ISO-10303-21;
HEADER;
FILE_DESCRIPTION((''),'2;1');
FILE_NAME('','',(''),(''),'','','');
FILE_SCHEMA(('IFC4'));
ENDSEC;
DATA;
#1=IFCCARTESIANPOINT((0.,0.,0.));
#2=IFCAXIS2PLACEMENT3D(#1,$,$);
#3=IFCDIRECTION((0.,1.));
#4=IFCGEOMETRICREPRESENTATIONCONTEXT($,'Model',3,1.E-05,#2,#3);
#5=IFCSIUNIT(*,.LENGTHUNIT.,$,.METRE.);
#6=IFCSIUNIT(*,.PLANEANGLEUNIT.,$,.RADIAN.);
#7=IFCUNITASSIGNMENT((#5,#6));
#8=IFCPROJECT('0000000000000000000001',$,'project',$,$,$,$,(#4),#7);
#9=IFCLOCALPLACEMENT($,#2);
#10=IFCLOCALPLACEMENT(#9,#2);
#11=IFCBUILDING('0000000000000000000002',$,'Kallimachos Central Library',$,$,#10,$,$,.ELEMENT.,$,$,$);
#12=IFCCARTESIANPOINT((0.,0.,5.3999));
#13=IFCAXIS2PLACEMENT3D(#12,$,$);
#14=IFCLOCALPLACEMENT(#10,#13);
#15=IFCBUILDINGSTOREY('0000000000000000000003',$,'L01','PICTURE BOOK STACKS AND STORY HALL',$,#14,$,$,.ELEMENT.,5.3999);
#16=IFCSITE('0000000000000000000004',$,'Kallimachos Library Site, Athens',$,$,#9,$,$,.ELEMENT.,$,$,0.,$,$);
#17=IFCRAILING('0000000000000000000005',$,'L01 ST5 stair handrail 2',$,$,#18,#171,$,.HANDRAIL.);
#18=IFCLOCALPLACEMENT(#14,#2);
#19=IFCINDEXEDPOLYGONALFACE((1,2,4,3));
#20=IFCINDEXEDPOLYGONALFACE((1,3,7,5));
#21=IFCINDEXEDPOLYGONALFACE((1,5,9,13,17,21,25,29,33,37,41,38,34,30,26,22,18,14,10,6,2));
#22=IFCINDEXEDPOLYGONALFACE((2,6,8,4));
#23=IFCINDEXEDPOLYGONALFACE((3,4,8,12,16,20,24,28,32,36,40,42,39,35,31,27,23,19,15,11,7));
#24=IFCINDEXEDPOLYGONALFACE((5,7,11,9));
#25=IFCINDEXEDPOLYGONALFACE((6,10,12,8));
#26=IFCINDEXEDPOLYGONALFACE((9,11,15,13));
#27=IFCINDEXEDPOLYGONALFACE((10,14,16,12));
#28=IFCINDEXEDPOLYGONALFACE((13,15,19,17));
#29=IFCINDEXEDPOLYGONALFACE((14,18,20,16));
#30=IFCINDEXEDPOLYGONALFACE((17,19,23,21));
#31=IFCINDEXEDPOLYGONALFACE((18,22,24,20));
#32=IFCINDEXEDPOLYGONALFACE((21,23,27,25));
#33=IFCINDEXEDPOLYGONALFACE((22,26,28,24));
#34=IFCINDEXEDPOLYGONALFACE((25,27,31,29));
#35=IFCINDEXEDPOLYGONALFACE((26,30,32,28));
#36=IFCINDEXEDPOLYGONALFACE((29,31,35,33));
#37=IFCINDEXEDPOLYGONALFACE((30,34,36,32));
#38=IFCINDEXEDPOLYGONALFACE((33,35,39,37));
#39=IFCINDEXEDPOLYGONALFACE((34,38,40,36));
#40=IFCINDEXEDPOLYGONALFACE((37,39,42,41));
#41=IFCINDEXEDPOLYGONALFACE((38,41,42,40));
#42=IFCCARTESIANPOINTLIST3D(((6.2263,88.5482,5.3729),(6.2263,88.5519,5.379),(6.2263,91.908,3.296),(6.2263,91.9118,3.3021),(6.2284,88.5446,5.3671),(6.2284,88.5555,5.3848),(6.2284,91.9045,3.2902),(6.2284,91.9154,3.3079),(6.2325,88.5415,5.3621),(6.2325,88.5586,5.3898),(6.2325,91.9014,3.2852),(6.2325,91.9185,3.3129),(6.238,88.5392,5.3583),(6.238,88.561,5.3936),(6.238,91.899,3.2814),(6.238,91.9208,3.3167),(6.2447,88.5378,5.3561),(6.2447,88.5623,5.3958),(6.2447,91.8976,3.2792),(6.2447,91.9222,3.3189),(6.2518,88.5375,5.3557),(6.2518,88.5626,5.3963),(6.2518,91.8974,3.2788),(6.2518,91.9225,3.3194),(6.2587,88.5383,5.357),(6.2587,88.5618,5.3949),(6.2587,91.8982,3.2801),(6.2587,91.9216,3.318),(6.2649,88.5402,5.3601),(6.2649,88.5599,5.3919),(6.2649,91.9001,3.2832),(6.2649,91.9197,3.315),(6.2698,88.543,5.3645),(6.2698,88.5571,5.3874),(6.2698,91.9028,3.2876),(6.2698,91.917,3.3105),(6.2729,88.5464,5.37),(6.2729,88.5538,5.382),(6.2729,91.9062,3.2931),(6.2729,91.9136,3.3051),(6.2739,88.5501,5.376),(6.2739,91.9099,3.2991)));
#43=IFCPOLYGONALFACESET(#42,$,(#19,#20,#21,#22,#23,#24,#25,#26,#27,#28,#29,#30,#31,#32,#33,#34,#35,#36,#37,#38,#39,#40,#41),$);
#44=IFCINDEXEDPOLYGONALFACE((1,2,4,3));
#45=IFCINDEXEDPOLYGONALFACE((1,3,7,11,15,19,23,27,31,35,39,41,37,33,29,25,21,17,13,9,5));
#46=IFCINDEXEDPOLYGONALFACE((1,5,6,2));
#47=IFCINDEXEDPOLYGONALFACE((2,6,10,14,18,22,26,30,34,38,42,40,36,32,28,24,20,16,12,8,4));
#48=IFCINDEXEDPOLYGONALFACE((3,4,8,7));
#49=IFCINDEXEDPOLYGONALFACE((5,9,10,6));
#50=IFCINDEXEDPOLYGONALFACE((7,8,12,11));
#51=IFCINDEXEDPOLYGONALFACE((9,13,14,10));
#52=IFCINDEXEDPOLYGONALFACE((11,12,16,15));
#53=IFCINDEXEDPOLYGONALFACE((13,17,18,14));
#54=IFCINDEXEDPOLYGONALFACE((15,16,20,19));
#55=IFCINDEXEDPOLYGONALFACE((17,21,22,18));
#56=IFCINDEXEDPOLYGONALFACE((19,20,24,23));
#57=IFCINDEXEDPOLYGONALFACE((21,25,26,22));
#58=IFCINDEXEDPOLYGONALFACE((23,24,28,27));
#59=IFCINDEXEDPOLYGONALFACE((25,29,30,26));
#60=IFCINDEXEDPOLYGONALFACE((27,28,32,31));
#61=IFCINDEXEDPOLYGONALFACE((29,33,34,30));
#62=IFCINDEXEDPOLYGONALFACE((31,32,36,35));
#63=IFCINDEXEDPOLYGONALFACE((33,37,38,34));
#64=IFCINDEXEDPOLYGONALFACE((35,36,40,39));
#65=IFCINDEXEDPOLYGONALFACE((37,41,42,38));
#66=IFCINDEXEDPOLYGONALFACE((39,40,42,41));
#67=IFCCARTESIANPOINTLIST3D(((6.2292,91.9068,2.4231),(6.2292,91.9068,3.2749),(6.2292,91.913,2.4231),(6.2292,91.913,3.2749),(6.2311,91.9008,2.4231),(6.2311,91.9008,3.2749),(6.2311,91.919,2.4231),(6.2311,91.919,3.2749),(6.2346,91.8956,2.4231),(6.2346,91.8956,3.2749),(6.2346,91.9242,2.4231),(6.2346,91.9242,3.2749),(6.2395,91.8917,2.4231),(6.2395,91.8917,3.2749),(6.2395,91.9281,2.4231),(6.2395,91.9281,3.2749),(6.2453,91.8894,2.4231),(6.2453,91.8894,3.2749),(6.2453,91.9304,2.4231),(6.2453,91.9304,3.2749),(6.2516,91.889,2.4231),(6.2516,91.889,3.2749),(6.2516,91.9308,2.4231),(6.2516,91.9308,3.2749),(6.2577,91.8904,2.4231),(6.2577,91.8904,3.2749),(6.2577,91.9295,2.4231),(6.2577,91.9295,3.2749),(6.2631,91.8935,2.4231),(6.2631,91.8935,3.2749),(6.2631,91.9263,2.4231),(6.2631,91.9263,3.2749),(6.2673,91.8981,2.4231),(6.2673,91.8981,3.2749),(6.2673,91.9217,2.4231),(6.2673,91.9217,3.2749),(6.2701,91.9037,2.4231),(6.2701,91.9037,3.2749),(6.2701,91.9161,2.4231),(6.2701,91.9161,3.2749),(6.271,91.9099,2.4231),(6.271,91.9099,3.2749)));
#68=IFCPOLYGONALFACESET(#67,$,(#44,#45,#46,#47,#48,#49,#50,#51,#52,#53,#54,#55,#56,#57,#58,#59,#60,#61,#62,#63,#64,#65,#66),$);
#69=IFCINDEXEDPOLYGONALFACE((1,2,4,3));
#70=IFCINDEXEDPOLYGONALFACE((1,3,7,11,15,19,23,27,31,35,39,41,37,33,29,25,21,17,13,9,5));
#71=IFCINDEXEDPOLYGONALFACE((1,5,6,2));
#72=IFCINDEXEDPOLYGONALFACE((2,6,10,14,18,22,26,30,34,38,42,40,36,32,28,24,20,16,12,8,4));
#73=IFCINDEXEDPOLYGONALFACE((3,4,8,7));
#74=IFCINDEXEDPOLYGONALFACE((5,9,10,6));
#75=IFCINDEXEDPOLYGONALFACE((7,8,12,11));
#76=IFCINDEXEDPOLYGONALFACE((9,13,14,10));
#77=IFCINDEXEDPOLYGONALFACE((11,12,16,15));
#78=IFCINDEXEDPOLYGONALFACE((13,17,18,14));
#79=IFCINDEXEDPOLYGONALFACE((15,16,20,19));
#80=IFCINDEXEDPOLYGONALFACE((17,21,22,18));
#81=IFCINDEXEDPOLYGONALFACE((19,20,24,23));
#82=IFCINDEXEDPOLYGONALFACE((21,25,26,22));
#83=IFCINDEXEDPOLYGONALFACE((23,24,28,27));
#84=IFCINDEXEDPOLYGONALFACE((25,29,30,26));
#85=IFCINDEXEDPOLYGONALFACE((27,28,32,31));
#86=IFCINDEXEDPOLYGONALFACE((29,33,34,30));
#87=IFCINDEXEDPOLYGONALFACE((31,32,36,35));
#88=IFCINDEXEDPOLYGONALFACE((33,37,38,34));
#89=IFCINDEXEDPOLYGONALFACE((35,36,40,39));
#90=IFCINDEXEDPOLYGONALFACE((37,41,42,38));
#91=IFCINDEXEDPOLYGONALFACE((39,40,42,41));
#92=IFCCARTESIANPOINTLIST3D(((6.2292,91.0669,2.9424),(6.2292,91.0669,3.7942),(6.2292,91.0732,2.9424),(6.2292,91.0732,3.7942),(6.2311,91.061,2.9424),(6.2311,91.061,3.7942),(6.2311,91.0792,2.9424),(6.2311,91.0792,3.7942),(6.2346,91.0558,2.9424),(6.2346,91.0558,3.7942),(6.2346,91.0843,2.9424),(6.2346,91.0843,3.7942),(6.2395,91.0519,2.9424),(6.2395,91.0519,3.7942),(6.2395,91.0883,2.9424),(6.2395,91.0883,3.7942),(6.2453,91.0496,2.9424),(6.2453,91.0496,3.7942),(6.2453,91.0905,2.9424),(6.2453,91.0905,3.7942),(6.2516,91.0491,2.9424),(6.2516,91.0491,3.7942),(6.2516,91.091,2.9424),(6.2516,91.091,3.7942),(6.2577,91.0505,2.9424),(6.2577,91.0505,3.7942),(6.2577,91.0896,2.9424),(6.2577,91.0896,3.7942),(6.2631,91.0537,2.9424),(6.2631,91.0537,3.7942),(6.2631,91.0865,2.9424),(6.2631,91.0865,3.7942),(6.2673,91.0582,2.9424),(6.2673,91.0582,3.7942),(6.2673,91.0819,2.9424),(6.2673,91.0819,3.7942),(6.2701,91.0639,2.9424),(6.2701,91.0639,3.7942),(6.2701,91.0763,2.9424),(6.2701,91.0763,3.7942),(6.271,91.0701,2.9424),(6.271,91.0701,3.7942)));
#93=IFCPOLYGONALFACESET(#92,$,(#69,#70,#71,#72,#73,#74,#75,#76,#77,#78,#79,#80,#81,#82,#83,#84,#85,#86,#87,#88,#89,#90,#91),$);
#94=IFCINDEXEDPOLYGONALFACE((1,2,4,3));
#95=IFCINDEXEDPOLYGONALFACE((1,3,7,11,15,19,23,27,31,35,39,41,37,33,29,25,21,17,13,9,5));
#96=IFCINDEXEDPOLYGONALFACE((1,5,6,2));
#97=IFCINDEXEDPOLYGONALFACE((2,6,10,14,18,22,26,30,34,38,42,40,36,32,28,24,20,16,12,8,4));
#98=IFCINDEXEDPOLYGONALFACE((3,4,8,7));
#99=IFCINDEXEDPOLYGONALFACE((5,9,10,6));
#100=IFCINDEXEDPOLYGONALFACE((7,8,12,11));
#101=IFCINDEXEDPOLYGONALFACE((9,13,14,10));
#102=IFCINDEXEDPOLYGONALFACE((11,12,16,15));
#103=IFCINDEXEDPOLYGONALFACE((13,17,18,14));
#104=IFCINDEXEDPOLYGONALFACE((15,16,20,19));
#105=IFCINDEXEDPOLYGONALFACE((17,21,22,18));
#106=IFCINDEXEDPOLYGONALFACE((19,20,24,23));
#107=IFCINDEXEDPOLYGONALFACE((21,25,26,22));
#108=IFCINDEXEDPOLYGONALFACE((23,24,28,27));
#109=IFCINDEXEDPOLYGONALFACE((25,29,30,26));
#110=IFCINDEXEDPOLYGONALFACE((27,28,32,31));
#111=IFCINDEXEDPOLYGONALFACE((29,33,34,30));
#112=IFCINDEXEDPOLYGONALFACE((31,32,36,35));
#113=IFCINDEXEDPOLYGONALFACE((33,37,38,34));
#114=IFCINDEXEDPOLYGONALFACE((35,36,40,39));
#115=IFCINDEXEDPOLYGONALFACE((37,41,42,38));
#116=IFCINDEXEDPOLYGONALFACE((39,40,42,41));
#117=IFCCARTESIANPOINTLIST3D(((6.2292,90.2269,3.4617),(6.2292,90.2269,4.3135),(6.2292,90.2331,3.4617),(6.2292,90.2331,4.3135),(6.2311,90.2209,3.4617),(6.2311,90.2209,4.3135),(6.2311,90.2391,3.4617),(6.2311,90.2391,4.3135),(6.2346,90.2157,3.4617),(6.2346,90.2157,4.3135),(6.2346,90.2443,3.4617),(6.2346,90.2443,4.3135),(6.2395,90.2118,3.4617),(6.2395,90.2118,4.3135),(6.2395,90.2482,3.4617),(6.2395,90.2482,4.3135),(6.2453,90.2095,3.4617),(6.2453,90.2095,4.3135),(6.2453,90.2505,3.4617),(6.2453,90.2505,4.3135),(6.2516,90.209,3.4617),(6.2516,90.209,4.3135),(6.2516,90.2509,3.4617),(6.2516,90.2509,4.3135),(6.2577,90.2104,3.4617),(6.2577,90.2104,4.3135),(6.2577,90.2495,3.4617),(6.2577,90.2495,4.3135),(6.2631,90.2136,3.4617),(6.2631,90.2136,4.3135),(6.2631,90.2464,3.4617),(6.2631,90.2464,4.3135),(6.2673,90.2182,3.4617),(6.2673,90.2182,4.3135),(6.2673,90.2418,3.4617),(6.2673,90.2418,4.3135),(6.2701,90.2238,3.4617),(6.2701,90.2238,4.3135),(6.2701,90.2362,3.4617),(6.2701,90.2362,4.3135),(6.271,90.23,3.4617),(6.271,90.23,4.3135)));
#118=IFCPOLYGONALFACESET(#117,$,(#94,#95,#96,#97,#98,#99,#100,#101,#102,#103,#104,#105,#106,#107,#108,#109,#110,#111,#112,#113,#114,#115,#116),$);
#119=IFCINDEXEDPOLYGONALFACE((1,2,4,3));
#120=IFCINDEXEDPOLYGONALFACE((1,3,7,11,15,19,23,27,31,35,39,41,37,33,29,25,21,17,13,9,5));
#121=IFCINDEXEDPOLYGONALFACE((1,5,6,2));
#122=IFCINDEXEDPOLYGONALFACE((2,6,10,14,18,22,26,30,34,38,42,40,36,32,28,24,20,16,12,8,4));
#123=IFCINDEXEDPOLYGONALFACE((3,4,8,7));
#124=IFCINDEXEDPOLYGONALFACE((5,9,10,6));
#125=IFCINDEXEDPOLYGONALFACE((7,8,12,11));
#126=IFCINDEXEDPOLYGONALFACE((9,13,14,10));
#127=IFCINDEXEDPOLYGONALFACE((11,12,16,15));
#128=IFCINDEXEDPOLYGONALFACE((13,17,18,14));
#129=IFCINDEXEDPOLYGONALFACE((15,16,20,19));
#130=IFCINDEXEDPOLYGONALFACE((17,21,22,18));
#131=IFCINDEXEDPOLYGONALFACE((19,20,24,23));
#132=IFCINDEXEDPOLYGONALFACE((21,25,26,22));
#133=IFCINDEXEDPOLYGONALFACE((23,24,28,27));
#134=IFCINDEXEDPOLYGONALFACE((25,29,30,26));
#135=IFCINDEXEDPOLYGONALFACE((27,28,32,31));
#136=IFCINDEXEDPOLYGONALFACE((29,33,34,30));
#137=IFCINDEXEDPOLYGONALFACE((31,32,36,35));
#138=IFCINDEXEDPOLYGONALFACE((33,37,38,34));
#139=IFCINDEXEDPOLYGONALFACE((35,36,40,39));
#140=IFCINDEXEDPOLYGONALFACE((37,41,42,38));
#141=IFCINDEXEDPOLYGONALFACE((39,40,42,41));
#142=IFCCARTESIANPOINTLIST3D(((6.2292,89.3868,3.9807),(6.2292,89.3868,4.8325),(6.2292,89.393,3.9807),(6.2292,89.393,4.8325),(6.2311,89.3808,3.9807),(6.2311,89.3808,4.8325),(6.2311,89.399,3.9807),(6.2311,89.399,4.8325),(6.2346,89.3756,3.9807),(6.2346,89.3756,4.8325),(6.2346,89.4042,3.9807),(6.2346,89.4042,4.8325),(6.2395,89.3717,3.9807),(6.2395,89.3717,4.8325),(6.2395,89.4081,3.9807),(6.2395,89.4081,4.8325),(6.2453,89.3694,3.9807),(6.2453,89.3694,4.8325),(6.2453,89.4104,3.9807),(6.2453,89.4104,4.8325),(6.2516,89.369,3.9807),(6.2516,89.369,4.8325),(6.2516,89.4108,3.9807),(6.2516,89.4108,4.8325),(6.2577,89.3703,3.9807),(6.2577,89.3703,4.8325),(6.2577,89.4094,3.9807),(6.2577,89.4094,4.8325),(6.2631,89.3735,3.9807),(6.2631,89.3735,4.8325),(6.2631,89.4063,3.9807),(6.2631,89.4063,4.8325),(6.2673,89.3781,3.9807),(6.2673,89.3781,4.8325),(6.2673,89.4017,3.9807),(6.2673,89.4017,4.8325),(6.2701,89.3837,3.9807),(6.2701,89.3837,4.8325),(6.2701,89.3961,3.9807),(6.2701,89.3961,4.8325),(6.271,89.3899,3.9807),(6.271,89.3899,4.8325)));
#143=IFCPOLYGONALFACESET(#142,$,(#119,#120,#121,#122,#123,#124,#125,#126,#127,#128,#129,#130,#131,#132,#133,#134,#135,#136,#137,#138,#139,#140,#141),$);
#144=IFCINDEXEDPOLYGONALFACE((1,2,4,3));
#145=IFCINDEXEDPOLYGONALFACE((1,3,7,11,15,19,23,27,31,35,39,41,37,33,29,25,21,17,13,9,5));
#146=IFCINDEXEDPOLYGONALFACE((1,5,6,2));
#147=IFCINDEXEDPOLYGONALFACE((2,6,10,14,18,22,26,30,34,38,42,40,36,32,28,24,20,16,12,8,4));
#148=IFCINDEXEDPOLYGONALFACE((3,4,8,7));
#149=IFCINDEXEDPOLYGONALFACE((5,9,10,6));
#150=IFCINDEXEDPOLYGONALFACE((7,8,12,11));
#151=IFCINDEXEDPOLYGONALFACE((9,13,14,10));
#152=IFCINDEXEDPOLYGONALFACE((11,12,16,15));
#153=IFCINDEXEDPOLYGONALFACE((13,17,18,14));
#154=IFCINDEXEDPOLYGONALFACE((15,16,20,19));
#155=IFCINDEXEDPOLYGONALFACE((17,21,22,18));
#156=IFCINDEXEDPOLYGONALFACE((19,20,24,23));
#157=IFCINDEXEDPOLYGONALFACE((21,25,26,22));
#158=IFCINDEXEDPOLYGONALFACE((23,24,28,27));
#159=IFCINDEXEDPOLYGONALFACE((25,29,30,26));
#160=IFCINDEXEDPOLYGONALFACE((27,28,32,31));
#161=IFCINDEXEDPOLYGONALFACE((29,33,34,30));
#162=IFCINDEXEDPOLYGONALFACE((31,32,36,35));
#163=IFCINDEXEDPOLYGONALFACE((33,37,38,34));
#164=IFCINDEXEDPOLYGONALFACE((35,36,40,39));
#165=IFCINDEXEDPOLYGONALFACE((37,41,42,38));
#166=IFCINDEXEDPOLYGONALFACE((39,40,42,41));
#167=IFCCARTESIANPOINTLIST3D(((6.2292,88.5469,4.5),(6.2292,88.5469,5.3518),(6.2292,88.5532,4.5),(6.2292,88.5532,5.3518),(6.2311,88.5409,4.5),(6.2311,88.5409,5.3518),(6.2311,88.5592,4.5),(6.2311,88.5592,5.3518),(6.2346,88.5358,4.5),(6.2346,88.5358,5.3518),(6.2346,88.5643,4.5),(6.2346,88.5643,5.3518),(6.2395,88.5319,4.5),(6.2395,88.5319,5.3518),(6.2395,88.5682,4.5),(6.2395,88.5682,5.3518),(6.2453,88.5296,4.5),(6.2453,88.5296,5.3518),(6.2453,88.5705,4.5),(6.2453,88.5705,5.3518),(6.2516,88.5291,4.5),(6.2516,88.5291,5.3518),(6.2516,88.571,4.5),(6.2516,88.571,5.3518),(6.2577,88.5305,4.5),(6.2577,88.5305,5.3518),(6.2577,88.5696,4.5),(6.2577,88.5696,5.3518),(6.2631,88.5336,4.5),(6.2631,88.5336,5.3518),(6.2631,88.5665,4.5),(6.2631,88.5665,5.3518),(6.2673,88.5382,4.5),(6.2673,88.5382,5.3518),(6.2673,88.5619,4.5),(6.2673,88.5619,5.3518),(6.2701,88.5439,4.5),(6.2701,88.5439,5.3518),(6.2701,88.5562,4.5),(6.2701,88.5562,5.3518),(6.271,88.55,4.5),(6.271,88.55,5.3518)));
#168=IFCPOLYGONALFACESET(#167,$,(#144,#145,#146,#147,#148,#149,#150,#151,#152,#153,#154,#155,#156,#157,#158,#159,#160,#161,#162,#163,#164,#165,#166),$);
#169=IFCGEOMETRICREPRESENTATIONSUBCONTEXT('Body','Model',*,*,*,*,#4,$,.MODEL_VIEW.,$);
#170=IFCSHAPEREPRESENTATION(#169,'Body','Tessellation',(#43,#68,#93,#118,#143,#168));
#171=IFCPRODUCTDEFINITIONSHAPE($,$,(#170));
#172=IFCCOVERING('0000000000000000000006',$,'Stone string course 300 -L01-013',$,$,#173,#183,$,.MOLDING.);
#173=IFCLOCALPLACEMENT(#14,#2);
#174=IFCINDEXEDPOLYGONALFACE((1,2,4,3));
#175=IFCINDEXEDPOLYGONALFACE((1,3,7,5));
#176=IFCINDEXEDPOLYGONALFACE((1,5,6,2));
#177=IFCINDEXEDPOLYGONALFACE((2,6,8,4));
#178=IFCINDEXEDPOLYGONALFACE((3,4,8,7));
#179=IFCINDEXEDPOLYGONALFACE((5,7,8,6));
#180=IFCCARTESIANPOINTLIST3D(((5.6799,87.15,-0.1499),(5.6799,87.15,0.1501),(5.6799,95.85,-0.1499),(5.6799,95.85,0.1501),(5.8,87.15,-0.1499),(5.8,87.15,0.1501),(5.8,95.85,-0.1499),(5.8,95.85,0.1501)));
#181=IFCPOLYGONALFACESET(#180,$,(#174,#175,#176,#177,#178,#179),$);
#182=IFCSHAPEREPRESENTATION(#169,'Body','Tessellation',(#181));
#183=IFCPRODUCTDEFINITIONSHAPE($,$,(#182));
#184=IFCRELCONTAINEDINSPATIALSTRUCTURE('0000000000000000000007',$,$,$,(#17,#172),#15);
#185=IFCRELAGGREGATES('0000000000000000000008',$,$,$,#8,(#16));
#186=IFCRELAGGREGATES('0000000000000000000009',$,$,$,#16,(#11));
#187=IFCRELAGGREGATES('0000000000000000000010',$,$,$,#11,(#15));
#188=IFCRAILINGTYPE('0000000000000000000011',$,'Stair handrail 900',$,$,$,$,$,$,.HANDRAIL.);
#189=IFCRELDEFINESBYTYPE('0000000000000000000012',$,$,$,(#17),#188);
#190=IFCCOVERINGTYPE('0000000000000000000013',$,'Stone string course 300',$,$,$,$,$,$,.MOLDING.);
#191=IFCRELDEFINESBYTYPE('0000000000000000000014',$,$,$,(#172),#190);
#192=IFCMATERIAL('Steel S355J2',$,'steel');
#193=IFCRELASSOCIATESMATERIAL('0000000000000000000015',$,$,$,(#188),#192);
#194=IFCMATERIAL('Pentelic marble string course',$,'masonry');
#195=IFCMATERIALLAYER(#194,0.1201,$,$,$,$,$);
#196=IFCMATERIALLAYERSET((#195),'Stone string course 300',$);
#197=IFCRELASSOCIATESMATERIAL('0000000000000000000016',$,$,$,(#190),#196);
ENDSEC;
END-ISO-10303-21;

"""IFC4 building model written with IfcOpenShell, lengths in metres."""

from ifc_helpers import new_model, si_unit, direction, frame, origin, origin_2d, place, context, subcontext, project, spatial, rectangle, circle, extrude, material, layer, layer_set, type_object, element, save


model = new_model("IFC4")

# Units and contexts
model_context = context("Model", 3, precision=1e-05, world=origin(), true_north=direction((0.0, 1.0)))
body_context = subcontext(model_context, "Body", "Model", "MODEL_VIEW")
ifc_project = project(units=[si_unit("LENGTHUNIT", "METRE"), si_unit("PLANEANGLEUNIT", "RADIAN")], contexts=[model_context])

# Site, building, storey
site_placement = place(None, origin())
site = spatial("IfcSite", under=ifc_project, at=site_placement, Name="Kallimachos Library Site, Athens", CompositionType="ELEMENT", RefElevation=0.0)
building_placement = place(site_placement, origin())
building = spatial("IfcBuilding", under=site, at=building_placement, Name="Kallimachos Central Library", CompositionType="ELEMENT")
storey_placement = place(building_placement, frame((0.0, 0.0, 5.3999)))
storey = spatial("IfcBuildingStorey", under=building, at=storey_placement, Name="L01", Description="PICTURE BOOK STACKS AND STORY HALL", CompositionType="ELEMENT", Elevation=5.3999)

# Railing
ifc_material_1 = material(Name="Steel S355J2", Category="steel")
railing_type_1 = type_object("IfcRailingType", Name="Stair handrail 900", PredefinedType="HANDRAIL", material=ifc_material_1)
railing_1_placement = place(storey_placement, frame((6.25, 91.9099, 2.4231)))
element("IfcRailing", 1, at=railing_1_placement, inside=storey, type_object=railing_type_1, Name="L01 ST5 stair handrail 2", PredefinedType="HANDRAIL", context=body_context, shape_type="SweptSolid", body=[
    extrude(circle(Radius=0.0239, at=origin_2d()), frame((0.0, 0.0, 0.876), z_axis=(0.0, -0.850606, 0.525803), x_axis=(1.0, 0.0, 0.0)), (0.0, 0.0, 1.0), 3.95),
    extrude(circle(Radius=0.021, at=origin_2d()), origin(), (0.0, 0.0, 1.0), 0.8518),
    extrude(circle(Radius=0.021, at=origin_2d()), frame((0.0, -0.8398, 0.5193)), (0.0, 0.0, 1.0), 0.8518),
    extrude(circle(Radius=0.021, at=origin_2d()), frame((0.0, -1.6799, 1.0386)), (0.0, 0.0, 1.0), 0.8518),
    extrude(circle(Radius=0.021, at=origin_2d()), frame((0.0, -2.52, 1.5576)), (0.0, 0.0, 1.0), 0.8518),
    extrude(circle(Radius=0.021, at=origin_2d()), frame((0.0, -3.3599, 2.0769)), (0.0, 0.0, 1.0), 0.8518),
])

# Covering
ifc_material_2 = material(Name="Pentelic marble string course", Category="masonry")
ifc_layer_1 = layer(ifc_material_2, 0.1201)
ifc_layer_set_1 = layer_set([ifc_layer_1], Name="Stone string course 300")
covering_type_1 = type_object("IfcCoveringType", Name="Stone string course 300", PredefinedType="MOLDING", material=ifc_layer_set_1)
covering_1_placement = place(storey_placement, frame((5.74, 91.5, -0.1499), z_axis=(0.0, 0.0, 1.0), x_axis=(1.0, 0.0, 0.0)))
element("IfcCovering", 2, at=covering_1_placement, inside=storey, type_object=covering_type_1, Name="Stone string course 300 -L01-013", PredefinedType="MOLDING", context=body_context, shape_type="SweptSolid", body=[
    extrude(rectangle(XDim=0.1201, YDim=8.7, at=origin_2d()), origin(), (0.0, 0.0, 1.0), 0.3),
])

save(model, "model.ifc")
